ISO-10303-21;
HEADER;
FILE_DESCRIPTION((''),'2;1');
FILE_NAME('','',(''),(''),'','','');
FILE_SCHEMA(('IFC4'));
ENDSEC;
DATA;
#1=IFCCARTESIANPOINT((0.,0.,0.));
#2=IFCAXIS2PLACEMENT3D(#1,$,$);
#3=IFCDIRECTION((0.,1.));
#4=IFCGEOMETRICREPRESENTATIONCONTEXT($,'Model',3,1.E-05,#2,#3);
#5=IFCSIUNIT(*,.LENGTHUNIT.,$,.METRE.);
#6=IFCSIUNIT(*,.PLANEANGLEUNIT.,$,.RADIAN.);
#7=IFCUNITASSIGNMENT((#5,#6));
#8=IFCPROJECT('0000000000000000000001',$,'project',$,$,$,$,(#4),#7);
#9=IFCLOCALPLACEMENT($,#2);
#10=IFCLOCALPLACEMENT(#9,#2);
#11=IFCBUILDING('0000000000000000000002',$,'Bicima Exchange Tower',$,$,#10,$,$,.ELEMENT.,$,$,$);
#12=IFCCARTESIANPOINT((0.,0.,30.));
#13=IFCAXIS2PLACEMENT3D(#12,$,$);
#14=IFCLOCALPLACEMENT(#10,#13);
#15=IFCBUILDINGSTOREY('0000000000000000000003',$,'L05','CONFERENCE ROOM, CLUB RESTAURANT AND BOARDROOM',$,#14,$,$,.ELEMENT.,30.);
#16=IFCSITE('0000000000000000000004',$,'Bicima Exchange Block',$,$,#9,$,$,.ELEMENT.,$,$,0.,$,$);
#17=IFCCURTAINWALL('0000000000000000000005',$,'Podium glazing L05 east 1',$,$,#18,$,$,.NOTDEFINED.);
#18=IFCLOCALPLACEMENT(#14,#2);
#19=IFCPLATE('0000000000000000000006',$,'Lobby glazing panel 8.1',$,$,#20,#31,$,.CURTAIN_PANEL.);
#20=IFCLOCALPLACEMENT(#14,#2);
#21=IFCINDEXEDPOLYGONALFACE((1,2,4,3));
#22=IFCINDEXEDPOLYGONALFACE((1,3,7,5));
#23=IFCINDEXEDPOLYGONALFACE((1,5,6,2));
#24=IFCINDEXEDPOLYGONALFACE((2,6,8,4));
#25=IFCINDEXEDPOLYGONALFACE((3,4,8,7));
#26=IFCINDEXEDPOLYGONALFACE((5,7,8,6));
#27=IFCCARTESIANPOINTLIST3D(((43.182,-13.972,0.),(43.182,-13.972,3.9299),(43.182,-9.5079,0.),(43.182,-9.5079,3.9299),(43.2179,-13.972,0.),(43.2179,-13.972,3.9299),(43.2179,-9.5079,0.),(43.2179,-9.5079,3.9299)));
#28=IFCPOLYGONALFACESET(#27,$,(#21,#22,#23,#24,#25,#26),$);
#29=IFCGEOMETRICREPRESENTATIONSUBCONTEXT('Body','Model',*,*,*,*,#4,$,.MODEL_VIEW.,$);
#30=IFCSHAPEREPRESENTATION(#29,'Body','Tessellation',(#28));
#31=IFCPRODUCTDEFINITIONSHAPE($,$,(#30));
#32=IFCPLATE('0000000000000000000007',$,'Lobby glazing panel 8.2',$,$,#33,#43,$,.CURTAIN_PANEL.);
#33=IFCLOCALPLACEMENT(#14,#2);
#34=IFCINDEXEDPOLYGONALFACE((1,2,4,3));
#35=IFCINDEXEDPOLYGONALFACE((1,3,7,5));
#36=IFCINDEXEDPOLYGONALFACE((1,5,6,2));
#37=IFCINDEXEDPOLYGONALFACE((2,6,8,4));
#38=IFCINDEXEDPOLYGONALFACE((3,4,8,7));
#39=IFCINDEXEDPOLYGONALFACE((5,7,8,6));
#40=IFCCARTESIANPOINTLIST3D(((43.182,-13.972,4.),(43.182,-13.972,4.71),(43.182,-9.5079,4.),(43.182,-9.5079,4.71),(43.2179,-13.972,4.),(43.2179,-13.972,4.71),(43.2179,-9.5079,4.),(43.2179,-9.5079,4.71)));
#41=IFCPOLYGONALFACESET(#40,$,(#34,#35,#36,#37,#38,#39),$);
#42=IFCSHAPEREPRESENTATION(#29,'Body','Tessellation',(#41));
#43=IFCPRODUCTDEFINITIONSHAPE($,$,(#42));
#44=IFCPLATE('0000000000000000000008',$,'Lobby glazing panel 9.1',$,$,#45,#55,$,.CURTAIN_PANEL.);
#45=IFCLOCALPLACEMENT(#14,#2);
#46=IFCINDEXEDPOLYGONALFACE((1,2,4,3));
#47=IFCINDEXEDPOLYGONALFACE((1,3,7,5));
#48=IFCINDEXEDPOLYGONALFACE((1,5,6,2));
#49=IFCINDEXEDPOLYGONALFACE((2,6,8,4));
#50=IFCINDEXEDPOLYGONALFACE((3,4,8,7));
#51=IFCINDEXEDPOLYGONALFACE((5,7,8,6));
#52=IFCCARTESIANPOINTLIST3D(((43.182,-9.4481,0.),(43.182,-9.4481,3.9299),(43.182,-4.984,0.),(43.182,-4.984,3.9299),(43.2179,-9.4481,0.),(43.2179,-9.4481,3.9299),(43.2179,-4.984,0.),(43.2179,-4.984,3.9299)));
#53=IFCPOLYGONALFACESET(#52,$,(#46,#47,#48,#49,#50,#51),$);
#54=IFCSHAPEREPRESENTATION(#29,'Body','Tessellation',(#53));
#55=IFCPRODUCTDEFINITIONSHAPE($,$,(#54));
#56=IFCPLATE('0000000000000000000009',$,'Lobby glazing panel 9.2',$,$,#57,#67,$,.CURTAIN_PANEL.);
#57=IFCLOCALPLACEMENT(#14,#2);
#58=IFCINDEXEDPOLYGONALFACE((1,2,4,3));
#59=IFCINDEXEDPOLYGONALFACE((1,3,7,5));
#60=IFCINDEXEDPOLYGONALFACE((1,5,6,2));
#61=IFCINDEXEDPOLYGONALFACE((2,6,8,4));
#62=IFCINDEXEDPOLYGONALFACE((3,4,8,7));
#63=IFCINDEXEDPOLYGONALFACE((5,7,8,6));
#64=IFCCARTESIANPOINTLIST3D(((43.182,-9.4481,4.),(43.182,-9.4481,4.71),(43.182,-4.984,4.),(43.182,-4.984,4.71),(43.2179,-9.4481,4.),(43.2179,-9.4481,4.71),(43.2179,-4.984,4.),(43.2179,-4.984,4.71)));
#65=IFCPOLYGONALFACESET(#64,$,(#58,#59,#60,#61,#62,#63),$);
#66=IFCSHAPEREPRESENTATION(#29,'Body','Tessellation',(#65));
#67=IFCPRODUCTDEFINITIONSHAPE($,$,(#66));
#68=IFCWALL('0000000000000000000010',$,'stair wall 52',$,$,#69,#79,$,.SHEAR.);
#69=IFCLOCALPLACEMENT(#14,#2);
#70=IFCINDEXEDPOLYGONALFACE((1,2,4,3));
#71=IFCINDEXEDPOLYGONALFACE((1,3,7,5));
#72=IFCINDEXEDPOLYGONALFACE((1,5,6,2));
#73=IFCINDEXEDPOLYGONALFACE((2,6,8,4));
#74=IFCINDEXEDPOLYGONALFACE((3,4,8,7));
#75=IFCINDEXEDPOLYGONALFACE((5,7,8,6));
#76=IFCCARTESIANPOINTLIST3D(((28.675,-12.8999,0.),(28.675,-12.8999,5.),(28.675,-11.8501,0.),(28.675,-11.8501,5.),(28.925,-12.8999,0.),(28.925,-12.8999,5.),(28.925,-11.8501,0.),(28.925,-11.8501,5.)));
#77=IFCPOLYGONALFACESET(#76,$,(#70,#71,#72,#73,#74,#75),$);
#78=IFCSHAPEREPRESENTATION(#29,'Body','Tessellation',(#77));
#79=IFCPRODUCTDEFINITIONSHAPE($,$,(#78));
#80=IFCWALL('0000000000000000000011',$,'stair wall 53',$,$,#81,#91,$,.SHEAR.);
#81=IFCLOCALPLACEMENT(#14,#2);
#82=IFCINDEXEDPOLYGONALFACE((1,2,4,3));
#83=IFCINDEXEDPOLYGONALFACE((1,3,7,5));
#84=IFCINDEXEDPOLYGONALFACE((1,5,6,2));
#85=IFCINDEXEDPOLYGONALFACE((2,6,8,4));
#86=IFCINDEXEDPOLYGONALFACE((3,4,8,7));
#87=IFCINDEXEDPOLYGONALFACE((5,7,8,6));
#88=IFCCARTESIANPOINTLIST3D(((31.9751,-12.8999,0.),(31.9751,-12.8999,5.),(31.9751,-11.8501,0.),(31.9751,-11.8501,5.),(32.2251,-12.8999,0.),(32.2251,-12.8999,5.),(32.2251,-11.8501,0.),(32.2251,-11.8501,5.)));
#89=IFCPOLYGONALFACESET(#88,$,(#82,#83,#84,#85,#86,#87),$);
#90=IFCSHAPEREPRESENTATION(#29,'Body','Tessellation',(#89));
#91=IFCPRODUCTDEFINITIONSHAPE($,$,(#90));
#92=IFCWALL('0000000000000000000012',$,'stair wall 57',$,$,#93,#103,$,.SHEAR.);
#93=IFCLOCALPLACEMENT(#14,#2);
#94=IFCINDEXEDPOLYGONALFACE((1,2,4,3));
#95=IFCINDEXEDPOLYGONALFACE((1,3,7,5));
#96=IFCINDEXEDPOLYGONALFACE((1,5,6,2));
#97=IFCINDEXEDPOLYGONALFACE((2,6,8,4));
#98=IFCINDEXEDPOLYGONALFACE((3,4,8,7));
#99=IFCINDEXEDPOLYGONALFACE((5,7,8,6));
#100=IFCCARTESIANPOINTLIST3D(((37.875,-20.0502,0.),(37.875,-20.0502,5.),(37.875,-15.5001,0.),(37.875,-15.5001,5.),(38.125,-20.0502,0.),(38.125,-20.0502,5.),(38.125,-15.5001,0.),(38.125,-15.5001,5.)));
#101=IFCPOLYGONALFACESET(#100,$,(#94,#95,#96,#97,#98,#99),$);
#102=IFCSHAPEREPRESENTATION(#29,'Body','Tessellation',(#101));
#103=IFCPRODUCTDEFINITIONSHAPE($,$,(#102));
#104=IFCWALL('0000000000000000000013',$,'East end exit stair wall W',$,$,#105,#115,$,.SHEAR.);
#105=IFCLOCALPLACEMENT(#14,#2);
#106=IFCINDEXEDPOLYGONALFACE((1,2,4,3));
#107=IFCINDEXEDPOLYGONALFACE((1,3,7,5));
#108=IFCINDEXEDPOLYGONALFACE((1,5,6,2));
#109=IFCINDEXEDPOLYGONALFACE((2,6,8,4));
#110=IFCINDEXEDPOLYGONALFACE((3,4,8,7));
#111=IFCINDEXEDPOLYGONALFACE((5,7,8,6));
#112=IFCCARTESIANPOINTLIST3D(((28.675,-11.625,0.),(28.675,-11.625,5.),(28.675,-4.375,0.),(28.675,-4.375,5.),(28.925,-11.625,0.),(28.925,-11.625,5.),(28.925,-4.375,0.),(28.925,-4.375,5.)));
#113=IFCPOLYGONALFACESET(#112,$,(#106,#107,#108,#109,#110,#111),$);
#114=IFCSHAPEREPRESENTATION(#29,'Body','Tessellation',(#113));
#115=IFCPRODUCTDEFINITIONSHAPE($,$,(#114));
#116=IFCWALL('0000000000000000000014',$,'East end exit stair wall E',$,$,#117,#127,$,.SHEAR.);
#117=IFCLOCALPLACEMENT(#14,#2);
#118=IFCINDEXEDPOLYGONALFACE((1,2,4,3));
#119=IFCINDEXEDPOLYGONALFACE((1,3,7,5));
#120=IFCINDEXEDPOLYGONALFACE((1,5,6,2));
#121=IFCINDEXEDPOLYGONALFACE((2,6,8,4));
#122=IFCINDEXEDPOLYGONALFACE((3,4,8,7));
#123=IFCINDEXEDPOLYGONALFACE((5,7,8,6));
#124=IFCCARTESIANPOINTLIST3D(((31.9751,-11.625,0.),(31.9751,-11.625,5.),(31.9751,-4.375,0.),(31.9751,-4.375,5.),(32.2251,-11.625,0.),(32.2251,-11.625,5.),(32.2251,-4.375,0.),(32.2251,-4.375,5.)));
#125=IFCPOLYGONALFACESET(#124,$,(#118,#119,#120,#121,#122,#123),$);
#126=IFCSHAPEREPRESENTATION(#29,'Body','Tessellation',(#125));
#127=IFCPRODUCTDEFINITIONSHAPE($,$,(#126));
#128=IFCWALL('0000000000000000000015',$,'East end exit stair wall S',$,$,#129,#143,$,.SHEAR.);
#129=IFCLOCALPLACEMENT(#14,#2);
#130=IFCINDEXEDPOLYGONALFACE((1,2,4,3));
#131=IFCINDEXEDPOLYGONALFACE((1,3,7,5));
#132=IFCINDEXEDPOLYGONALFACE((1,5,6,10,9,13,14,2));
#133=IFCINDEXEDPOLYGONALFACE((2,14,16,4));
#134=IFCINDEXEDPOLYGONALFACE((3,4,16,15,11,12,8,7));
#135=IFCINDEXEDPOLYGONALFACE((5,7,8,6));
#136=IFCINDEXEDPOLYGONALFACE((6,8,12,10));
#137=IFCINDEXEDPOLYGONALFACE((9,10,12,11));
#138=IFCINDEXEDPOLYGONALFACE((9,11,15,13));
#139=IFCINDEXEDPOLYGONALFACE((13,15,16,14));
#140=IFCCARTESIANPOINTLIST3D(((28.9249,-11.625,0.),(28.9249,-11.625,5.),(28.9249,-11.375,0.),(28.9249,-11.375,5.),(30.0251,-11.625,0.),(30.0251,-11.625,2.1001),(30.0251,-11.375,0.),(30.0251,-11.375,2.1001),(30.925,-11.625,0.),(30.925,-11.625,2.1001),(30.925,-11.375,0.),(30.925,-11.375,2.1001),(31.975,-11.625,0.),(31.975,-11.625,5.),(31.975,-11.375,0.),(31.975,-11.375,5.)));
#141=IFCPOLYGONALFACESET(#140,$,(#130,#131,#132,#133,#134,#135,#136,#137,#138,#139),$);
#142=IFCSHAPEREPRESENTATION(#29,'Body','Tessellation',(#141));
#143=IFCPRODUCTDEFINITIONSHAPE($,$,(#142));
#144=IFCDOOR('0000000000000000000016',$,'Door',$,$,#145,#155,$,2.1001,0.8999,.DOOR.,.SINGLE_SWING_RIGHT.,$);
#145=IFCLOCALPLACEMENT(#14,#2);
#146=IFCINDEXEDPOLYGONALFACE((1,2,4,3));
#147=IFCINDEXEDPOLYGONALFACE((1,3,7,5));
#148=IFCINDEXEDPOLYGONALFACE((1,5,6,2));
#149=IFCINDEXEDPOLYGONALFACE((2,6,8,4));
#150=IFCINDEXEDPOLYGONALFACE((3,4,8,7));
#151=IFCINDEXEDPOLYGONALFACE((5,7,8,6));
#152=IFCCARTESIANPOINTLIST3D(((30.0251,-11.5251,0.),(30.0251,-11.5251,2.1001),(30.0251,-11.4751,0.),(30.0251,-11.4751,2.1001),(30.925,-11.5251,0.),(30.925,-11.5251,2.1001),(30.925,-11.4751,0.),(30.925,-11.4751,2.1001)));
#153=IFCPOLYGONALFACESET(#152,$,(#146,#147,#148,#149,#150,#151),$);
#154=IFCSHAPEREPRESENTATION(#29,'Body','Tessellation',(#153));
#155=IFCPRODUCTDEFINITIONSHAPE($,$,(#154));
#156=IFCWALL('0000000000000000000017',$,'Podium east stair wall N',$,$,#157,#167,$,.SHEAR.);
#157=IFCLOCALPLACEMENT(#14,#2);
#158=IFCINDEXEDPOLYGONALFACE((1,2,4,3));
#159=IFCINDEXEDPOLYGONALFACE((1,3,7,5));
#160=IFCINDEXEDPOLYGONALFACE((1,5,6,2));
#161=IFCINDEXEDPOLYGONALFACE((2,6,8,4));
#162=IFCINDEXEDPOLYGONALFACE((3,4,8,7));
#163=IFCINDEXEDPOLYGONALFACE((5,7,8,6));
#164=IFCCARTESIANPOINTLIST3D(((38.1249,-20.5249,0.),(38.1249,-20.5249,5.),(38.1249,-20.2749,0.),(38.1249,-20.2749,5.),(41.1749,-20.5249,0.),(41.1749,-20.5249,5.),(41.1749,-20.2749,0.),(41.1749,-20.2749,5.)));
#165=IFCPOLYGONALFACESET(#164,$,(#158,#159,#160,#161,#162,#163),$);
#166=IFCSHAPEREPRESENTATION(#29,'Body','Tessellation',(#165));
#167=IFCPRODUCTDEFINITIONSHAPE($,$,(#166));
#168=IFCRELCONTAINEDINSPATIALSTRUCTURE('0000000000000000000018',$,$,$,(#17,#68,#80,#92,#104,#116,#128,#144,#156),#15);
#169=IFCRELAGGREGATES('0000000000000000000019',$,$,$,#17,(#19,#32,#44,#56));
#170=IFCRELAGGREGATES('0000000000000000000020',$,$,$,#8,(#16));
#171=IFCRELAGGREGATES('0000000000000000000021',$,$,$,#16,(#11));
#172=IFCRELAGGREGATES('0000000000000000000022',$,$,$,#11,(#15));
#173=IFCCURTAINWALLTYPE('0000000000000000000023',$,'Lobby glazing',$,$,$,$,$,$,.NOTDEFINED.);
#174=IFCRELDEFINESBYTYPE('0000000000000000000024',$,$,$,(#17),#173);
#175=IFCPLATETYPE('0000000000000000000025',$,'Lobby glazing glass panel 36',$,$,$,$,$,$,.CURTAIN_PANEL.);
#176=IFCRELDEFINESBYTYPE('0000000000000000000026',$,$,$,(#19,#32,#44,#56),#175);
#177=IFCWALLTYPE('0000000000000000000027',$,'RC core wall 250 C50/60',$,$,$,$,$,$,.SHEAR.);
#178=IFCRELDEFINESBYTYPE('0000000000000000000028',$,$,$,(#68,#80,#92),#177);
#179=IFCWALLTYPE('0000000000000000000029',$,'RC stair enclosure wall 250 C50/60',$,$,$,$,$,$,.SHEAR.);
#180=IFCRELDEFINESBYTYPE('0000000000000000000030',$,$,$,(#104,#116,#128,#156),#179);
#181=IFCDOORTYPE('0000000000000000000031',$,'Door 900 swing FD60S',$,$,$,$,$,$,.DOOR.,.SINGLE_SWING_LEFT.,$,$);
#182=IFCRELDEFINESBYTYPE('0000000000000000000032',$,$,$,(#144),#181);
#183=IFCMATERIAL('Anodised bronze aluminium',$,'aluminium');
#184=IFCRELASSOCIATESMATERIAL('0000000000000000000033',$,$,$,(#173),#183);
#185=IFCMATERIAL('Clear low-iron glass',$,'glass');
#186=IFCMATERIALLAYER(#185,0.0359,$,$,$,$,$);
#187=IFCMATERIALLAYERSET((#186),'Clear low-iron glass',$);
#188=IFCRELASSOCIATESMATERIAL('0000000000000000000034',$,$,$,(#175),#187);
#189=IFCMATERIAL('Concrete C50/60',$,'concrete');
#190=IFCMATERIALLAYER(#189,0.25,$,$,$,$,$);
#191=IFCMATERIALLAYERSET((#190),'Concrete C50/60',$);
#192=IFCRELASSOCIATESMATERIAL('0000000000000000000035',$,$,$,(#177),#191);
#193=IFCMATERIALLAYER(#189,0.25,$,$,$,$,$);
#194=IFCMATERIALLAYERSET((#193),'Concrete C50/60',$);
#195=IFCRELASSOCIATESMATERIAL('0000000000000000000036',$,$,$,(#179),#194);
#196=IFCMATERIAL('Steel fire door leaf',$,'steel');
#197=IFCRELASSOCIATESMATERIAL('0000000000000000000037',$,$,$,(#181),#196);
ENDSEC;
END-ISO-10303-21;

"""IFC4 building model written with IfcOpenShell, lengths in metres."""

from ifc_helpers import new_model, si_unit, direction, frame, frame_2d, origin, origin_2d, place, context, subcontext, project, spatial, rectangle, extrude, material, layer, layer_set, type_object, element, fill, aggregate, save


model = new_model("IFC4")

# Units and contexts
model_context = context("Model", 3, precision=1e-05, world=origin(), true_north=direction((0.0, 1.0)))
body_context = subcontext(model_context, "Body", "Model", "MODEL_VIEW")
ifc_project = project(units=[si_unit("LENGTHUNIT", "METRE"), si_unit("PLANEANGLEUNIT", "RADIAN")], contexts=[model_context])

# Site, building, storey
site_placement = place(None, origin())
site = spatial("IfcSite", under=ifc_project, at=site_placement, Name="Bicima Exchange Block", CompositionType="ELEMENT", RefElevation=0.0)
building_placement = place(site_placement, origin())
building = spatial("IfcBuilding", under=site, at=building_placement, Name="Bicima Exchange Tower", CompositionType="ELEMENT")
storey_placement = place(building_placement, frame((0.0, 0.0, 30.0)))
storey = spatial("IfcBuildingStorey", under=building, at=storey_placement, Name="L05", Description="CONFERENCE ROOM, CLUB RESTAURANT AND BOARDROOM", CompositionType="ELEMENT", Elevation=30.0)

# Curtain wall, plates
ifc_material_1 = material(Name="Anodised bronze aluminium", Category="aluminium")
curtain_wall_type = type_object("IfcCurtainWallType", Name="Lobby glazing", PredefinedType="NOTDEFINED", material=ifc_material_1)
curtain_wall_placement = place(storey_placement, origin())
curtain_wall = element("IfcCurtainWall", 1, at=curtain_wall_placement, inside=storey, type_object=curtain_wall_type, Name="Podium glazing L05 east 1", PredefinedType="NOTDEFINED")
ifc_material_2 = material(Name="Clear low-iron glass", Category="glass")
ifc_layer_1 = layer(ifc_material_2, 0.0359)
ifc_layer_set_1 = layer_set([ifc_layer_1], Name="Clear low-iron glass")
plate_type = type_object("IfcPlateType", Name="Lobby glazing glass panel 36", PredefinedType="CURTAIN_PANEL", material=ifc_layer_set_1)
plate_1_placement = place(storey_placement, frame((43.2, -11.74, 0.0), z_axis=(0.0, 0.0, 1.0), x_axis=(0.0, 1.0, 0.0)))
plate_1 = element("IfcPlate", 2, at=plate_1_placement, type_object=plate_type, Name="Lobby glazing panel 8.1", PredefinedType="CURTAIN_PANEL", context=body_context, shape_type="SweptSolid", body=[
    extrude(rectangle(XDim=4.4641, YDim=0.0359, at=origin_2d()), origin(), (0.0, 0.0, 1.0), 3.9299),
])
plate_2_placement = place(storey_placement, frame((43.2, -11.74, 4.0), z_axis=(0.0, 0.0, 1.0), x_axis=(0.0, 1.0, 0.0)))
plate_2 = element("IfcPlate", 3, at=plate_2_placement, type_object=plate_type, Name="Lobby glazing panel 8.2", PredefinedType="CURTAIN_PANEL", context=body_context, shape_type="SweptSolid", body=[
    extrude(rectangle(XDim=4.4641, YDim=0.0359, at=origin_2d()), origin(), (0.0, 0.0, 1.0), 0.71),
])
plate_3_placement = place(storey_placement, frame((43.2, -7.2161, 0.0), z_axis=(0.0, 0.0, 1.0), x_axis=(0.0, 1.0, 0.0)))
plate_3 = element("IfcPlate", 4, at=plate_3_placement, type_object=plate_type, Name="Lobby glazing panel 9.1", PredefinedType="CURTAIN_PANEL", context=body_context, shape_type="SweptSolid", body=[
    extrude(rectangle(XDim=4.4641, YDim=0.0359, at=origin_2d()), origin(), (0.0, 0.0, 1.0), 3.9299),
])
plate_4_placement = place(storey_placement, frame((43.2, -7.2161, 4.0), z_axis=(0.0, 0.0, 1.0), x_axis=(0.0, 1.0, 0.0)))
plate_4 = element("IfcPlate", 5, at=plate_4_placement, type_object=plate_type, Name="Lobby glazing panel 9.2", PredefinedType="CURTAIN_PANEL", context=body_context, shape_type="SweptSolid", body=[
    extrude(rectangle(XDim=4.4641, YDim=0.0359, at=origin_2d()), origin(), (0.0, 0.0, 1.0), 0.71),
])
aggregate(curtain_wall, [plate_1, plate_2, plate_3, plate_4])

# Walls
ifc_material_3 = material(Name="Concrete C50/60", Category="concrete")
ifc_layer_2 = layer(ifc_material_3, 0.25)
ifc_layer_set_2 = layer_set([ifc_layer_2], Name="Concrete C50/60")
wall_type_1 = type_object("IfcWallType", Name="RC core wall 250 C50/60", PredefinedType="SHEAR", material=ifc_layer_set_2)
for number, where, z_axis, x_axis, name in (
    (6, (28.8, -12.8999, 0.0), (0.0, 0.0, 1.0), (0.0, 1.0, 0.0), "stair wall 52"),
    (7, (32.1001, -12.8999, 0.0), (0.0, 0.0, 1.0), (0.0, 1.0, 0.0), "stair wall 53"),
):
    element("IfcWall", number, at=place(storey_placement, frame(where, z_axis=z_axis, x_axis=x_axis)), inside=storey, type_object=wall_type_1, Name=name, PredefinedType="SHEAR", context=body_context, shape_type="SweptSolid", body=[
        extrude(rectangle(XDim=1.0498, YDim=0.25, at=frame_2d((0.5249, 0.0))), origin(), (0.0, 0.0, 1.0), 5.0),
    ])
wall_1_placement = place(storey_placement, frame((38.0, -20.05, 0.0), z_axis=(0.0, 0.0, 1.0), x_axis=(0.0, 1.0, 0.0)))
element("IfcWall", 8, at=wall_1_placement, inside=storey, type_object=wall_type_1, Name="stair wall 57", PredefinedType="SHEAR", context=body_context, shape_type="SweptSolid", body=[
    extrude(rectangle(XDim=4.55, YDim=0.25, at=frame_2d((2.2749, 0.0))), origin(), (0.0, 0.0, 1.0), 5.0),
])
ifc_layer_3 = layer(ifc_material_3, 0.25)
ifc_layer_set_3 = layer_set([ifc_layer_3], Name="Concrete C50/60")
wall_type_2 = type_object("IfcWallType", Name="RC stair enclosure wall 250 C50/60", PredefinedType="SHEAR", material=ifc_layer_set_3)
for number, where, z_axis, x_axis, name in (
    (9, (28.8, -11.625, 0.0), (0.0, 0.0, 1.0), (0.0, 1.0, 0.0), "East end exit stair wall W"),
    (10, (32.1001, -11.625, 0.0), (0.0, 0.0, 1.0), (0.0, 1.0, 0.0), "East end exit stair wall E"),
):
    element("IfcWall", number, at=place(storey_placement, frame(where, z_axis=z_axis, x_axis=x_axis)), inside=storey, type_object=wall_type_2, Name=name, PredefinedType="SHEAR", context=body_context, shape_type="SweptSolid", body=[
        extrude(rectangle(XDim=7.25, YDim=0.25, at=frame_2d((3.625, 0.0))), origin(), (0.0, 0.0, 1.0), 5.0),
    ])

# Wall, opening, door
wall_2_placement = place(storey_placement, frame((28.925, -11.5, 0.0), z_axis=(0.0, 0.0, 1.0), x_axis=(1.0, 0.0, 0.0)))
wall_2 = element("IfcWall", 11, at=wall_2_placement, inside=storey, type_object=wall_type_2, Name="East end exit stair wall S", PredefinedType="SHEAR", context=body_context, shape_type="SweptSolid", body=[
    extrude(rectangle(XDim=3.05, YDim=0.25, at=frame_2d((1.5249, 0.0))), origin(), (0.0, 0.0, 1.0), 5.0),
])
opening_placement = place(wall_2_placement, frame((1.1001, 0.0, 0.0)))
opening = element("IfcOpeningElement", 12, at=opening_placement, cuts=wall_2, PredefinedType="OPENING", context=body_context, shape_type="SweptSolid", body=[
    extrude(rectangle(XDim=0.8999, YDim=2.1001, at=frame_2d((0.45, 1.05))), frame((0.0, 0.137, 0.0), z_axis=(0.0, -1.0, 0.0), x_axis=(1.0, 0.0, 0.0)), (0.0, 0.0, 1.0), 0.2739),
])
ifc_material_4 = material(Name="Steel fire door leaf", Category="steel")
door_type = type_object("IfcDoorType", Name="Door 900 swing FD60S", OperationType="SINGLE_SWING_LEFT", PredefinedType="DOOR", material=ifc_material_4)
door_placement = place(opening_placement, origin())
door = element("IfcDoor", 13, at=door_placement, inside=storey, type_object=door_type, Name="Door", OperationType="SINGLE_SWING_RIGHT", OverallHeight=2.1001, OverallWidth=0.8999, PredefinedType="DOOR", context=body_context, shape_type="SweptSolid", body=[
    extrude(rectangle(XDim=0.8999, YDim=2.1001, at=frame_2d((0.45, 1.05))), frame((0.0, 0.0249, 0.0), z_axis=(0.0, -1.0, 0.0), x_axis=(1.0, 0.0, 0.0)), (0.0, 0.0, 1.0), 0.05),
])
fill(opening, door)

# Wall
wall_3_placement = place(storey_placement, frame((38.125, -20.3999, 0.0), z_axis=(0.0, 0.0, 1.0), x_axis=(1.0, 0.0, 0.0)))
element("IfcWall", 14, at=wall_3_placement, inside=storey, type_object=wall_type_2, Name="Podium east stair wall N", PredefinedType="SHEAR", context=body_context, shape_type="SweptSolid", body=[
    extrude(rectangle(XDim=3.05, YDim=0.25, at=frame_2d((1.5249, 0.0))), origin(), (0.0, 0.0, 1.0), 5.0),
])

save(model, "model.ifc")
